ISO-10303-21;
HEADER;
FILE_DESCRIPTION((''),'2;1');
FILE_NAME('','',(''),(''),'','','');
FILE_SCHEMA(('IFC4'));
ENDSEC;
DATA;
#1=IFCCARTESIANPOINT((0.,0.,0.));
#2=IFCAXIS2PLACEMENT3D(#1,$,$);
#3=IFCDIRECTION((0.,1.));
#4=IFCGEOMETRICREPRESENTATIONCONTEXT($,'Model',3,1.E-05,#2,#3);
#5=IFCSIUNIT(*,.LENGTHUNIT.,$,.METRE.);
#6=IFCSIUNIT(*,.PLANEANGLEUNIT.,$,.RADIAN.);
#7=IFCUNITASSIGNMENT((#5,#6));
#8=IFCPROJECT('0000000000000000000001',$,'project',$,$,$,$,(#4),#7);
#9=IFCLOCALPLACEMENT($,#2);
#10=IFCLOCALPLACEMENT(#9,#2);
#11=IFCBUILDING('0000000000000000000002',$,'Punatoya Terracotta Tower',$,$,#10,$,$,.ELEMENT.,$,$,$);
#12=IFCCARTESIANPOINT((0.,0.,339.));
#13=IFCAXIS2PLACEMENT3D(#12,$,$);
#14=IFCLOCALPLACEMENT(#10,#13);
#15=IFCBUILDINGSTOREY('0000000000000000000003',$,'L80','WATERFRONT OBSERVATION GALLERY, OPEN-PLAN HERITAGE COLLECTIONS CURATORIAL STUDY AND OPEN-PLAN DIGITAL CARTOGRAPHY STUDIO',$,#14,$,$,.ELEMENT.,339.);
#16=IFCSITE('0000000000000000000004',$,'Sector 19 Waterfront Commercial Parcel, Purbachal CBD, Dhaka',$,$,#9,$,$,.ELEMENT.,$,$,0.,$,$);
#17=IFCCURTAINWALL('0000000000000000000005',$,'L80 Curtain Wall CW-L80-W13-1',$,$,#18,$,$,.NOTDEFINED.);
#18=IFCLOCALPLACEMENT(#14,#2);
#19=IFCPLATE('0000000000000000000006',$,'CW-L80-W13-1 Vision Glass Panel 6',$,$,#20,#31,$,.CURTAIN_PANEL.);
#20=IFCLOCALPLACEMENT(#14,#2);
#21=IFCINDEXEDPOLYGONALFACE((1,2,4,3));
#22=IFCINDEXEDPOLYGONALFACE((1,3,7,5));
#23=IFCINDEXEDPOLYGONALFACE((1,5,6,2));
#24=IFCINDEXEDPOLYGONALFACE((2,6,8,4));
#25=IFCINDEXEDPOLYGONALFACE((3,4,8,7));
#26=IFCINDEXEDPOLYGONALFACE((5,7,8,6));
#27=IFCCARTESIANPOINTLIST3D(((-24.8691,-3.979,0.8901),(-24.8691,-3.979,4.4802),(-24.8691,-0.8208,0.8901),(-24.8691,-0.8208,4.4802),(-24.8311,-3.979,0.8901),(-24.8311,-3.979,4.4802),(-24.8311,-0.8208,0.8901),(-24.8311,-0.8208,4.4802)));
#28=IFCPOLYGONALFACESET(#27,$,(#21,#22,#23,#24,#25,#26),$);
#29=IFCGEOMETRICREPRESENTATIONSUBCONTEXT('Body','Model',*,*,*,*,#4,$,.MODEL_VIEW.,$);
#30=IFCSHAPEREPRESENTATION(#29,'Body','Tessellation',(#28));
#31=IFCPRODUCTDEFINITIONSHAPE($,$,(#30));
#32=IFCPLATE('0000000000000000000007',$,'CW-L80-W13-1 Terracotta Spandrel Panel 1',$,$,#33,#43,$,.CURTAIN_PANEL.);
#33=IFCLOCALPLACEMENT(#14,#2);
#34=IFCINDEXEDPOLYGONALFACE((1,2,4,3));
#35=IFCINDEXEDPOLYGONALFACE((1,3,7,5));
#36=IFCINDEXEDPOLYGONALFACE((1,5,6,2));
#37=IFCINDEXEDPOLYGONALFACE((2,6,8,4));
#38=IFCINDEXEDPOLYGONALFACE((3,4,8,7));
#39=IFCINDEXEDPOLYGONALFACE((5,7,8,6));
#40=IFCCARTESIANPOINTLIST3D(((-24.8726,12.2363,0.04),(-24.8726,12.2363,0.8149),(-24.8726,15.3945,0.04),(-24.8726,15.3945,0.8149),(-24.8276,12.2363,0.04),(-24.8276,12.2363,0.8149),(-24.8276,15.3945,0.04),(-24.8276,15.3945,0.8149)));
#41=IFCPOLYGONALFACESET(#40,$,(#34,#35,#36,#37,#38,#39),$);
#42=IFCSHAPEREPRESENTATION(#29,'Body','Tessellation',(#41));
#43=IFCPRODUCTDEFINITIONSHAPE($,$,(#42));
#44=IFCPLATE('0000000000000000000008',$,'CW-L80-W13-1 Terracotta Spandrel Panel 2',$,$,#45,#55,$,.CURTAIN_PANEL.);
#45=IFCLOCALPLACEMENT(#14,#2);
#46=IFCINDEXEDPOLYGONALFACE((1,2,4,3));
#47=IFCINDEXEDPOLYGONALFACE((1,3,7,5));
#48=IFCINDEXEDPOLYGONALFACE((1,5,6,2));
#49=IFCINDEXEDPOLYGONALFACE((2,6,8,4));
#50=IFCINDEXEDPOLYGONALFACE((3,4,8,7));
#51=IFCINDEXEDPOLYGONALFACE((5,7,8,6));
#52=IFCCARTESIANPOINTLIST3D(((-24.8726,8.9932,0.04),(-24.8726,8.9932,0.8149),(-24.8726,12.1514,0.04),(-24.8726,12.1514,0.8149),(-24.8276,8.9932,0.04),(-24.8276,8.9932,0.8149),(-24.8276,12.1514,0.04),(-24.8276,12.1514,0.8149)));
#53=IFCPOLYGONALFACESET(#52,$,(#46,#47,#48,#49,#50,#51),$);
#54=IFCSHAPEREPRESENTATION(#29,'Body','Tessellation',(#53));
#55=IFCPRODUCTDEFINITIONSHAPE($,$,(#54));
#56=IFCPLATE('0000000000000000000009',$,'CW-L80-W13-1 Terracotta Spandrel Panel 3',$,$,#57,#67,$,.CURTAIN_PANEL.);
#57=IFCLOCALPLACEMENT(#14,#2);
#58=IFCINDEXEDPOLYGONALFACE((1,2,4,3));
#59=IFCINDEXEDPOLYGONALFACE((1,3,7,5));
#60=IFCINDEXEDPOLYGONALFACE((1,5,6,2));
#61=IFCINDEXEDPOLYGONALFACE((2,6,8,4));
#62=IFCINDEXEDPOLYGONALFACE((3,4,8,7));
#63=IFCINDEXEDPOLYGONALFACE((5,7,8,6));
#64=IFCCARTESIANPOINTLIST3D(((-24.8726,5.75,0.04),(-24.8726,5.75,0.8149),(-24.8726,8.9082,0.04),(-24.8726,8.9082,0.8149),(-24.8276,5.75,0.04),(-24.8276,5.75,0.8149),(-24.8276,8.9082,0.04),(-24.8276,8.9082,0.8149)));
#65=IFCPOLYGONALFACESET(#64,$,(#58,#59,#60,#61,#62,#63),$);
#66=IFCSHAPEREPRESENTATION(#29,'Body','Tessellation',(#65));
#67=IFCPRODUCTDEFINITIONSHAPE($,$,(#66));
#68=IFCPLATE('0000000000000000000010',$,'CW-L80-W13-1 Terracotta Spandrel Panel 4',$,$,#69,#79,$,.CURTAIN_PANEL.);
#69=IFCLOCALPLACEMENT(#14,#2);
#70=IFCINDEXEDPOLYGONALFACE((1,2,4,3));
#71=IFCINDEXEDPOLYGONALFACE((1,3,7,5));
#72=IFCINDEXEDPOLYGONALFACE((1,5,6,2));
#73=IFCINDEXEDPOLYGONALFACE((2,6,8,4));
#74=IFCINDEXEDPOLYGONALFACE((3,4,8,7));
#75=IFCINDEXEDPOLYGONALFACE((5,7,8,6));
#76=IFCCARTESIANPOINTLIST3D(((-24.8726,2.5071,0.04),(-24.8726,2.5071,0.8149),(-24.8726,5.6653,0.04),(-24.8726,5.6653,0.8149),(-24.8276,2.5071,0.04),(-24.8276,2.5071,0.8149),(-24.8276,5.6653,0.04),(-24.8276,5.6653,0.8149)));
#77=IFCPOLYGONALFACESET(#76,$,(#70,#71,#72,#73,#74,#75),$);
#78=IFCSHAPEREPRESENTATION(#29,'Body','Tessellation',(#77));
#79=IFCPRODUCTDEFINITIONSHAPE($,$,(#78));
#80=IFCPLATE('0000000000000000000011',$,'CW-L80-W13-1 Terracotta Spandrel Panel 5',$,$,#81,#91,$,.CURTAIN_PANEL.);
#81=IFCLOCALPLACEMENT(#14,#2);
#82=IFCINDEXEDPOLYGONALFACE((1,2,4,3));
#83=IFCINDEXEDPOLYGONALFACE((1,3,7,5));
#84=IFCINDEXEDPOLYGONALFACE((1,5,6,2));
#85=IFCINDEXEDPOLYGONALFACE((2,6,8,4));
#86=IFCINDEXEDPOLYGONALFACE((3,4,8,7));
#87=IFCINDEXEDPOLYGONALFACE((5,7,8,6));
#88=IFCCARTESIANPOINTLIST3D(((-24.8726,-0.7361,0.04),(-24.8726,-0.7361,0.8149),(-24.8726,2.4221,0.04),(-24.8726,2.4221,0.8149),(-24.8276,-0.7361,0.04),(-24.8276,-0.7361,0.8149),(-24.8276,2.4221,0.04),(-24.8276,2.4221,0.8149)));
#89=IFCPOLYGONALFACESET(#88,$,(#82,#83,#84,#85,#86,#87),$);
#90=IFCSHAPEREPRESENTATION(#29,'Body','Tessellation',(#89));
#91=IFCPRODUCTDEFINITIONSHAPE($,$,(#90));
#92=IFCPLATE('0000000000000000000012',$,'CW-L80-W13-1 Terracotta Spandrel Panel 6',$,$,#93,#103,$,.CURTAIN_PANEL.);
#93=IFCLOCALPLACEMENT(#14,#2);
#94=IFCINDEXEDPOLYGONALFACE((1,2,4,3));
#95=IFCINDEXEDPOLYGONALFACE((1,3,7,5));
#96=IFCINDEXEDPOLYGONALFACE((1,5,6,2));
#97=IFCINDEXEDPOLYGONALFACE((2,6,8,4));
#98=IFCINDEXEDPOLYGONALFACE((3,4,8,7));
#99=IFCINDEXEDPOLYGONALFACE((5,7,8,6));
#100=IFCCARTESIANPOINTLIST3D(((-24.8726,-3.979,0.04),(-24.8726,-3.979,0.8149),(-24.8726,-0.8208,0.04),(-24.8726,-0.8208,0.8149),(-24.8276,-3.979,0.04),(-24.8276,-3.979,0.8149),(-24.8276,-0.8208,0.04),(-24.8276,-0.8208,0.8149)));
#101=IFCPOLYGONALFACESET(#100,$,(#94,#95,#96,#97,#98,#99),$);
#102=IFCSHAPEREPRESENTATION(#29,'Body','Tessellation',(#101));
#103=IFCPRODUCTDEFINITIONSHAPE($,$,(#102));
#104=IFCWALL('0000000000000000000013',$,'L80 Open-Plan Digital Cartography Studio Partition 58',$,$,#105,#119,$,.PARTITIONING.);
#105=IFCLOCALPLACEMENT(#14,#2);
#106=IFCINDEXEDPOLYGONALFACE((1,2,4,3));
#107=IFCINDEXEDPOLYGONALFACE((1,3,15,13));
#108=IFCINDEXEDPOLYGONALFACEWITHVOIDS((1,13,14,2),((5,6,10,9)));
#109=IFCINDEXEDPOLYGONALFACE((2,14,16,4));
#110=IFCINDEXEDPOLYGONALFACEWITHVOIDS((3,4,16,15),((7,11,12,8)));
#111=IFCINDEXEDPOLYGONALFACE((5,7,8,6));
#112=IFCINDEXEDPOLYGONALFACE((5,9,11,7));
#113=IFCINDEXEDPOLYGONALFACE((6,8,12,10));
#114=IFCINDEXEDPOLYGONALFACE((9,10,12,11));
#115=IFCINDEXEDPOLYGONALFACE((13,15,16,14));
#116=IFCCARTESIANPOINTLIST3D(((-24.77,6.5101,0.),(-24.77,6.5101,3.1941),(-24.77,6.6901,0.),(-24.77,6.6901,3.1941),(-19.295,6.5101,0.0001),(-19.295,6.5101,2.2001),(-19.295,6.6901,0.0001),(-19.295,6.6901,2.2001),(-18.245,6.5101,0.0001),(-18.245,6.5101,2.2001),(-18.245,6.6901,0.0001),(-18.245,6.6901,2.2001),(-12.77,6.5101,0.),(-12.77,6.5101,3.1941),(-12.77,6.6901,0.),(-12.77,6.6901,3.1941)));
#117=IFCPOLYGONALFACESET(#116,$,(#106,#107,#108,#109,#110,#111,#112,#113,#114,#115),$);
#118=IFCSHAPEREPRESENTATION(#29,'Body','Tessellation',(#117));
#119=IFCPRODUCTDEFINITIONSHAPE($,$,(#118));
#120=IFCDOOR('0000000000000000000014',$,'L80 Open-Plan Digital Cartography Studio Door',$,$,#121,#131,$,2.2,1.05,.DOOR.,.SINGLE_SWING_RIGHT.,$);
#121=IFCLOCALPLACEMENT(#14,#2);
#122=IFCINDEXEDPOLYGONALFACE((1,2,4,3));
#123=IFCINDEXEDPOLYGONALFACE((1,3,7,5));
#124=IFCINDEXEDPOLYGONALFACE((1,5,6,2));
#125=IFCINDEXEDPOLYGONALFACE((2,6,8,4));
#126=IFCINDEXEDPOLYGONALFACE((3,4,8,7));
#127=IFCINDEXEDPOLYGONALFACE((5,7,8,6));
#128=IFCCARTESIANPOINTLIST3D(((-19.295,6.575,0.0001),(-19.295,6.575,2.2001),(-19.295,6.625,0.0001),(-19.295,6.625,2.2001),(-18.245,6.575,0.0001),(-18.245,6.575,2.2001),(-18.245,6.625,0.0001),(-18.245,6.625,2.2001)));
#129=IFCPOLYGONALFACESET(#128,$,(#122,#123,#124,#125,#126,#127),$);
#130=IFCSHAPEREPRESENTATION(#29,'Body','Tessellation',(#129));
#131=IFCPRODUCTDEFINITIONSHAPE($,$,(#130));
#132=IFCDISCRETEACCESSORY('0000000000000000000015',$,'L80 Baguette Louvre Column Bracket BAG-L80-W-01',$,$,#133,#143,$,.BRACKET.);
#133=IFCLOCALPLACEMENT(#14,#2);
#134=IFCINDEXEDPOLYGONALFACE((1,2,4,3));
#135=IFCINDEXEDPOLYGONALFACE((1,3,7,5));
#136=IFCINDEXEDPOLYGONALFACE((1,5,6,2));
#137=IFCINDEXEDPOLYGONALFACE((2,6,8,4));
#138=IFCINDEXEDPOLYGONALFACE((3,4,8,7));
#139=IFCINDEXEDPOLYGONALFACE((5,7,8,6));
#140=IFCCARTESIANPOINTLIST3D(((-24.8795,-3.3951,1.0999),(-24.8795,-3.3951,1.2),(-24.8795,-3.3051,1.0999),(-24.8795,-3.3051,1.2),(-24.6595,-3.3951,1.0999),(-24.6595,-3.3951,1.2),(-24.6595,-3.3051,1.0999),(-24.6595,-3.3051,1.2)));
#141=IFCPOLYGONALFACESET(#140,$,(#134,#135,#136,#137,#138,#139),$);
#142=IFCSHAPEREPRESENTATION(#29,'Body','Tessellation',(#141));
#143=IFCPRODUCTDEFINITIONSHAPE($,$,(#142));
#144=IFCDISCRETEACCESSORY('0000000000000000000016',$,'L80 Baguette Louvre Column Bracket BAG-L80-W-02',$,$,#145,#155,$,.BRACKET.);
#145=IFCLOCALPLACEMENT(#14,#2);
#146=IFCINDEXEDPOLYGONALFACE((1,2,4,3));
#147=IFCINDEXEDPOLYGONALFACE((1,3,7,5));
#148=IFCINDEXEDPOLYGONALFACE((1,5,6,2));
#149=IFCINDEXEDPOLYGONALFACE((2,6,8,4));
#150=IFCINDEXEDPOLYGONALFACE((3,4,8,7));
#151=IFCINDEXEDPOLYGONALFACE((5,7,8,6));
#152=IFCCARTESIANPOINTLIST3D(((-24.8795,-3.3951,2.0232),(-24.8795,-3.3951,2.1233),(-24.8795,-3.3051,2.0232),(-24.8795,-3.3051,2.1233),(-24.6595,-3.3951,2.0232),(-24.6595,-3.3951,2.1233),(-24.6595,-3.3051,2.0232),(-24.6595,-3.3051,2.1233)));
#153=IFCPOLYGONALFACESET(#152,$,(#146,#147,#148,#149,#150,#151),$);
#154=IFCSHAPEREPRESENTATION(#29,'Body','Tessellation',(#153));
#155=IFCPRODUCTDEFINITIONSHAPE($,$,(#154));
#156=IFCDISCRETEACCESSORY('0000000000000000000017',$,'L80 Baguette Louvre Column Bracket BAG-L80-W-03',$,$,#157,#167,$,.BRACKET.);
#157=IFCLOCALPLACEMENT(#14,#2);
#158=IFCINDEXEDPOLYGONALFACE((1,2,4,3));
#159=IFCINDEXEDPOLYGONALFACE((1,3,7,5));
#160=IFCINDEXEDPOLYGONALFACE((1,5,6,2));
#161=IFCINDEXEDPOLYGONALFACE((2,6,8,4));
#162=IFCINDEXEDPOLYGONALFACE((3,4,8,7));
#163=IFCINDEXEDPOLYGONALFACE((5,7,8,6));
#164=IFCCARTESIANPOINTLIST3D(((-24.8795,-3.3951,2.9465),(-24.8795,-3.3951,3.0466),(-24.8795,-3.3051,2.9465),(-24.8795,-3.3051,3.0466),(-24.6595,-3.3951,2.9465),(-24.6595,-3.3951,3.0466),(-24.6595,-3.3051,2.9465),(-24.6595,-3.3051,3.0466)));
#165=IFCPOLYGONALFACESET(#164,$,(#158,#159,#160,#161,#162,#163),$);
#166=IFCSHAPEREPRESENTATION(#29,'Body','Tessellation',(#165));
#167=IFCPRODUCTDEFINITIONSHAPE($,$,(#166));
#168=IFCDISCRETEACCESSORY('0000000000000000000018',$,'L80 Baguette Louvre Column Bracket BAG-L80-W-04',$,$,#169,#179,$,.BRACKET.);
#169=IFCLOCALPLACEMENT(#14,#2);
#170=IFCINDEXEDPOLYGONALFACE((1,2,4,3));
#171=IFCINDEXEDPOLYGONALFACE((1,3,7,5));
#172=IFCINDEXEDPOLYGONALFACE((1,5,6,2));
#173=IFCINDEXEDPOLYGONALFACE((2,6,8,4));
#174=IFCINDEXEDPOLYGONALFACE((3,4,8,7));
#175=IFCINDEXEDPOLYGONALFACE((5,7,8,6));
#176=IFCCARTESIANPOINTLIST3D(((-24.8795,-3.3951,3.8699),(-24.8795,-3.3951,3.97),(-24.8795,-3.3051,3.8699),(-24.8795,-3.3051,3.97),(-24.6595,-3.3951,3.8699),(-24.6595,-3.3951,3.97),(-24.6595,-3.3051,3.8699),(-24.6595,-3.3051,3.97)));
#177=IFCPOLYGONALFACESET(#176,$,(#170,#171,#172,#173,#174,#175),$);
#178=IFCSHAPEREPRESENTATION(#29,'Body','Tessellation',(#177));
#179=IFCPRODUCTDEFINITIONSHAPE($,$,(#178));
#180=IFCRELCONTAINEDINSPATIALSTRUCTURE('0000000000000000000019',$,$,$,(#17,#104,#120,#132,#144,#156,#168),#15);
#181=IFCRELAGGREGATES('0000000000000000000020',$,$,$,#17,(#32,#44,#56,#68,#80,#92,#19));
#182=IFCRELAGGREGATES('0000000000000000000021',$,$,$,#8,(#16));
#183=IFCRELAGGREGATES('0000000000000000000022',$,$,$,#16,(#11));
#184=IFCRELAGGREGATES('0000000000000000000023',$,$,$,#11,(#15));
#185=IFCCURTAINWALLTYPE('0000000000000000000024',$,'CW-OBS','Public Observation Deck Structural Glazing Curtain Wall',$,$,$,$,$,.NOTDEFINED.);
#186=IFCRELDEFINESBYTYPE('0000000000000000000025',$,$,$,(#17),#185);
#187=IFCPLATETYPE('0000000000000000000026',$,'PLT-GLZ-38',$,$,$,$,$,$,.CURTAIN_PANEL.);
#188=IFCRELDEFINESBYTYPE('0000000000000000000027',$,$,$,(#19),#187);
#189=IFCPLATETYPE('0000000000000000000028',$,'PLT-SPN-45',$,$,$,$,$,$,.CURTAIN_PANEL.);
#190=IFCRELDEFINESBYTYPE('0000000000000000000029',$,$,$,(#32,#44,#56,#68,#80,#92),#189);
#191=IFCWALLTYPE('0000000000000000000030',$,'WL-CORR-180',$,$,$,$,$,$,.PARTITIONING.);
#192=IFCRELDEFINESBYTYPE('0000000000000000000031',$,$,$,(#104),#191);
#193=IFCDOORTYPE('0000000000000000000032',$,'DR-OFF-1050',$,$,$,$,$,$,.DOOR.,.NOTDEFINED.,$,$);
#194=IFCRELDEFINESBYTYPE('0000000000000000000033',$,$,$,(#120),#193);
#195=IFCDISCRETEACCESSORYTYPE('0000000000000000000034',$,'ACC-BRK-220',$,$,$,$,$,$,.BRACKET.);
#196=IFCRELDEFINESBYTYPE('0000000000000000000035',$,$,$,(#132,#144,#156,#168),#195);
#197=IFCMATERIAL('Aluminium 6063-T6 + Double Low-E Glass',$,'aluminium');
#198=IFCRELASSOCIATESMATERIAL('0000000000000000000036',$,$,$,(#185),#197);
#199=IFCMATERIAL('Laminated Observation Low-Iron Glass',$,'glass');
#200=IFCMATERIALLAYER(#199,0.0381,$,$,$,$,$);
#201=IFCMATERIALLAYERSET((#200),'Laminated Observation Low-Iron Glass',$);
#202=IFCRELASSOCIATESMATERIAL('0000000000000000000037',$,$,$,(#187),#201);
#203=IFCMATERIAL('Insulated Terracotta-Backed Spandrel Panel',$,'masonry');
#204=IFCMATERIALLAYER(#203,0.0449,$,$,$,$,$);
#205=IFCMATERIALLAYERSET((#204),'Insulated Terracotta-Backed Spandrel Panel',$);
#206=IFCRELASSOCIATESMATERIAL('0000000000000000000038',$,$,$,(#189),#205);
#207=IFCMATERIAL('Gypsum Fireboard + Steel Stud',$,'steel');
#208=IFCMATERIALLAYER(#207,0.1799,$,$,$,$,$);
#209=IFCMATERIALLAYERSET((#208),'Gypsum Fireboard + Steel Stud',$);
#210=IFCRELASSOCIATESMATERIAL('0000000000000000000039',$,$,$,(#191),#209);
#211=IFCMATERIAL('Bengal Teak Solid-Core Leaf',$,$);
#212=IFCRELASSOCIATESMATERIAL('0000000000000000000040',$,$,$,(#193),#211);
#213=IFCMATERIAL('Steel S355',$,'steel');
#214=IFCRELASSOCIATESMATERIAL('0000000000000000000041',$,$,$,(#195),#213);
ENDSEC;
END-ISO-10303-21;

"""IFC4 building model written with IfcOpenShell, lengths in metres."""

from ifc_helpers import new_model, si_unit, direction, frame, frame_2d, origin, origin_2d, place, context, subcontext, project, spatial, rectangle, extrude, material, layer, layer_set, type_object, element, fill, aggregate, save


model = new_model("IFC4")

# Units and contexts
model_context = context("Model", 3, precision=1e-05, world=origin(), true_north=direction((0.0, 1.0)))
body_context = subcontext(model_context, "Body", "Model", "MODEL_VIEW")
ifc_project = project(units=[si_unit("LENGTHUNIT", "METRE"), si_unit("PLANEANGLEUNIT", "RADIAN")], contexts=[model_context])

# Site, building, storey
site_placement = place(None, origin())
site = spatial("IfcSite", under=ifc_project, at=site_placement, Name="Sector 19 Waterfront Commercial Parcel, Purbachal CBD, Dhaka", CompositionType="ELEMENT", RefElevation=0.0)
building_placement = place(site_placement, origin())
building = spatial("IfcBuilding", under=site, at=building_placement, Name="Punatoya Terracotta Tower", CompositionType="ELEMENT")
storey_placement = place(building_placement, frame((0.0, 0.0, 339.0)))
storey = spatial("IfcBuildingStorey", under=building, at=storey_placement, Name="L80", Description="WATERFRONT OBSERVATION GALLERY, OPEN-PLAN HERITAGE COLLECTIONS CURATORIAL STUDY AND OPEN-PLAN DIGITAL CARTOGRAPHY STUDIO", CompositionType="ELEMENT", Elevation=339.0)

# Shared definitions
ifc_material_1 = material(Name="Steel S355", Category="steel")

# Curtain wall
ifc_material_2 = material(Name="Aluminium 6063-T6 + Double Low-E Glass", Category="aluminium")
curtain_wall_type = type_object("IfcCurtainWallType", Name="CW-OBS", Description="Public Observation Deck Structural Glazing Curtain Wall", PredefinedType="NOTDEFINED", material=ifc_material_2)
curtain_wall_placement = place(storey_placement, origin())
curtain_wall = element("IfcCurtainWall", 1, at=curtain_wall_placement, inside=storey, type_object=curtain_wall_type, Name="L80 Curtain Wall CW-L80-W13-1", PredefinedType="NOTDEFINED")

# Plates
ifc_material_3 = material(Name="Laminated Observation Low-Iron Glass", Category="glass")
ifc_layer_1 = layer(ifc_material_3, 0.0381)
ifc_layer_set_1 = layer_set([ifc_layer_1], Name="Laminated Observation Low-Iron Glass")
plate_type_1 = type_object("IfcPlateType", Name="PLT-GLZ-38", PredefinedType="CURTAIN_PANEL", material=ifc_layer_set_1)
plate_1_placement = place(storey_placement, frame((-24.8501, -2.3999, 0.8901), z_axis=(0.0, 0.0, 1.0), x_axis=(0.0, -1.0, 0.0)))
plate_1 = element("IfcPlate", 2, at=plate_1_placement, type_object=plate_type_1, Name="CW-L80-W13-1 Vision Glass Panel 6", PredefinedType="CURTAIN_PANEL", context=body_context, shape_type="SweptSolid", body=[
    extrude(rectangle(XDim=3.1582, YDim=0.0381, at=origin_2d()), origin(), (0.0, 0.0, 1.0), 3.5901),
])
ifc_material_4 = material(Name="Insulated Terracotta-Backed Spandrel Panel", Category="masonry")
ifc_layer_2 = layer(ifc_material_4, 0.0449)
ifc_layer_set_2 = layer_set([ifc_layer_2], Name="Insulated Terracotta-Backed Spandrel Panel")
plate_type_2 = type_object("IfcPlateType", Name="PLT-SPN-45", PredefinedType="CURTAIN_PANEL", material=ifc_layer_set_2)
plate_2_placement = place(storey_placement, frame((-24.8501, 13.8154, 0.04), z_axis=(0.0, 0.0, 1.0), x_axis=(0.0, -1.0, 0.0)))
plate_2 = element("IfcPlate", 3, at=plate_2_placement, type_object=plate_type_2, Name="CW-L80-W13-1 Terracotta Spandrel Panel 1", PredefinedType="CURTAIN_PANEL", context=body_context, shape_type="SweptSolid", body=[
    extrude(rectangle(XDim=3.1582, YDim=0.0449, at=origin_2d()), origin(), (0.0, 0.0, 1.0), 0.7749),
])
plate_3_placement = place(storey_placement, frame((-24.8501, 10.5723, 0.04), z_axis=(0.0, 0.0, 1.0), x_axis=(0.0, -1.0, 0.0)))
plate_3 = element("IfcPlate", 4, at=plate_3_placement, type_object=plate_type_2, Name="CW-L80-W13-1 Terracotta Spandrel Panel 2", PredefinedType="CURTAIN_PANEL", context=body_context, shape_type="SweptSolid", body=[
    extrude(rectangle(XDim=3.1582, YDim=0.0449, at=origin_2d()), origin(), (0.0, 0.0, 1.0), 0.7749),
])
plate_4_placement = place(storey_placement, frame((-24.8501, 7.3291, 0.04), z_axis=(0.0, 0.0, 1.0), x_axis=(0.0, -1.0, 0.0)))
plate_4 = element("IfcPlate", 5, at=plate_4_placement, type_object=plate_type_2, Name="CW-L80-W13-1 Terracotta Spandrel Panel 3", PredefinedType="CURTAIN_PANEL", context=body_context, shape_type="SweptSolid", body=[
    extrude(rectangle(XDim=3.1582, YDim=0.0449, at=origin_2d()), origin(), (0.0, 0.0, 1.0), 0.7749),
])
plate_5_placement = place(storey_placement, frame((-24.8501, 4.0862, 0.04), z_axis=(0.0, 0.0, 1.0), x_axis=(0.0, -1.0, 0.0)))
plate_5 = element("IfcPlate", 6, at=plate_5_placement, type_object=plate_type_2, Name="CW-L80-W13-1 Terracotta Spandrel Panel 4", PredefinedType="CURTAIN_PANEL", context=body_context, shape_type="SweptSolid", body=[
    extrude(rectangle(XDim=3.1582, YDim=0.0449, at=origin_2d()), origin(), (0.0, 0.0, 1.0), 0.7749),
])
plate_6_placement = place(storey_placement, frame((-24.8501, 0.843, 0.04), z_axis=(0.0, 0.0, 1.0), x_axis=(0.0, -1.0, 0.0)))
plate_6 = element("IfcPlate", 7, at=plate_6_placement, type_object=plate_type_2, Name="CW-L80-W13-1 Terracotta Spandrel Panel 5", PredefinedType="CURTAIN_PANEL", context=body_context, shape_type="SweptSolid", body=[
    extrude(rectangle(XDim=3.1582, YDim=0.0449, at=origin_2d()), origin(), (0.0, 0.0, 1.0), 0.7749),
])
plate_7_placement = place(storey_placement, frame((-24.8501, -2.3999, 0.04), z_axis=(0.0, 0.0, 1.0), x_axis=(0.0, -1.0, 0.0)))
plate_7 = element("IfcPlate", 8, at=plate_7_placement, type_object=plate_type_2, Name="CW-L80-W13-1 Terracotta Spandrel Panel 6", PredefinedType="CURTAIN_PANEL", context=body_context, shape_type="SweptSolid", body=[
    extrude(rectangle(XDim=3.1582, YDim=0.0449, at=origin_2d()), origin(), (0.0, 0.0, 1.0), 0.7749),
])
aggregate(curtain_wall, [plate_2, plate_3, plate_4, plate_5, plate_6, plate_7, plate_1])

# Wall, opening, door
ifc_material_5 = material(Name="Gypsum Fireboard + Steel Stud", Category="steel")
ifc_layer_3 = layer(ifc_material_5, 0.1799)
ifc_layer_set_3 = layer_set([ifc_layer_3], Name="Gypsum Fireboard + Steel Stud")
wall_type = type_object("IfcWallType", Name="WL-CORR-180", PredefinedType="PARTITIONING", material=ifc_layer_set_3)
wall_placement = place(storey_placement, frame((-24.77, 6.6001, 0.0), z_axis=(0.0, 0.0, 1.0), x_axis=(1.0, 0.0, 0.0)))
wall = element("IfcWall", 9, at=wall_placement, inside=storey, type_object=wall_type, Name="L80 Open-Plan Digital Cartography Studio Partition 58", PredefinedType="PARTITIONING", context=body_context, shape_type="SweptSolid", body=[
    extrude(rectangle(XDim=12.0, YDim=0.1799, at=frame_2d((6.0, 0.0))), origin(), (0.0, 0.0, 1.0), 3.1941),
])
opening_placement = place(wall_placement, frame((5.4751, 0.0, 0.0)))
opening = element("IfcOpeningElement", 10, at=opening_placement, cuts=wall, PredefinedType="OPENING", context=body_context, shape_type="SweptSolid", body=[
    extrude(rectangle(XDim=1.05, YDim=2.2, at=frame_2d((0.5249, 1.1001))), frame((0.0, 0.0999, 0.0), z_axis=(0.0, -1.0, 0.0), x_axis=(1.0, 0.0, 0.0)), (0.0, 0.0, 1.0), 0.2),
])
ifc_material_6 = material(Name="Bengal Teak Solid-Core Leaf")
door_type = type_object("IfcDoorType", Name="DR-OFF-1050", OperationType="NOTDEFINED", PredefinedType="DOOR", material=ifc_material_6)
door_placement = place(opening_placement, origin())
door = element("IfcDoor", 11, at=door_placement, inside=storey, type_object=door_type, Name="L80 Open-Plan Digital Cartography Studio Door", OperationType="SINGLE_SWING_RIGHT", OverallHeight=2.2, OverallWidth=1.05, PredefinedType="DOOR", context=body_context, shape_type="SweptSolid", body=[
    extrude(rectangle(XDim=1.05, YDim=2.2, at=frame_2d((0.5249, 1.1001))), frame((0.0, 0.0249, 0.0), z_axis=(0.0, -1.0, 0.0), x_axis=(1.0, 0.0, 0.0)), (0.0, 0.0, 1.0), 0.05),
])
fill(opening, door)

# Discrete accessories
discrete_accessory_type = type_object("IfcDiscreteAccessoryType", Name="ACC-BRK-220", PredefinedType="BRACKET", material=ifc_material_1)
for number, where, z_axis, x_axis, name in (
    (12, (-24.7695, -3.3501, 1.0999), (0.0, 0.0, 1.0), (0.0, 1.0, 0.0), "L80 Baguette Louvre Column Bracket BAG-L80-W-01"),
    (13, (-24.7695, -3.3501, 2.0232), (0.0, 0.0, 1.0), (0.0, 1.0, 0.0), "L80 Baguette Louvre Column Bracket BAG-L80-W-02"),
    (14, (-24.7695, -3.3501, 2.9465), (0.0, 0.0, 1.0), (0.0, 1.0, 0.0), "L80 Baguette Louvre Column Bracket BAG-L80-W-03"),
    (15, (-24.7695, -3.3501, 3.8699), (0.0, 0.0, 1.0), (0.0, 1.0, 0.0), "L80 Baguette Louvre Column Bracket BAG-L80-W-04"),
):
    element("IfcDiscreteAccessory", number, at=place(storey_placement, frame(where, z_axis=z_axis, x_axis=x_axis)), inside=storey, type_object=discrete_accessory_type, Name=name, PredefinedType="BRACKET", context=body_context, shape_type="SweptSolid", body=[
        extrude(rectangle(XDim=0.0901, YDim=0.22, at=origin_2d()), origin(), (0.0, 0.0, 1.0), 0.1001),
    ])

save(model, "model.ifc")
